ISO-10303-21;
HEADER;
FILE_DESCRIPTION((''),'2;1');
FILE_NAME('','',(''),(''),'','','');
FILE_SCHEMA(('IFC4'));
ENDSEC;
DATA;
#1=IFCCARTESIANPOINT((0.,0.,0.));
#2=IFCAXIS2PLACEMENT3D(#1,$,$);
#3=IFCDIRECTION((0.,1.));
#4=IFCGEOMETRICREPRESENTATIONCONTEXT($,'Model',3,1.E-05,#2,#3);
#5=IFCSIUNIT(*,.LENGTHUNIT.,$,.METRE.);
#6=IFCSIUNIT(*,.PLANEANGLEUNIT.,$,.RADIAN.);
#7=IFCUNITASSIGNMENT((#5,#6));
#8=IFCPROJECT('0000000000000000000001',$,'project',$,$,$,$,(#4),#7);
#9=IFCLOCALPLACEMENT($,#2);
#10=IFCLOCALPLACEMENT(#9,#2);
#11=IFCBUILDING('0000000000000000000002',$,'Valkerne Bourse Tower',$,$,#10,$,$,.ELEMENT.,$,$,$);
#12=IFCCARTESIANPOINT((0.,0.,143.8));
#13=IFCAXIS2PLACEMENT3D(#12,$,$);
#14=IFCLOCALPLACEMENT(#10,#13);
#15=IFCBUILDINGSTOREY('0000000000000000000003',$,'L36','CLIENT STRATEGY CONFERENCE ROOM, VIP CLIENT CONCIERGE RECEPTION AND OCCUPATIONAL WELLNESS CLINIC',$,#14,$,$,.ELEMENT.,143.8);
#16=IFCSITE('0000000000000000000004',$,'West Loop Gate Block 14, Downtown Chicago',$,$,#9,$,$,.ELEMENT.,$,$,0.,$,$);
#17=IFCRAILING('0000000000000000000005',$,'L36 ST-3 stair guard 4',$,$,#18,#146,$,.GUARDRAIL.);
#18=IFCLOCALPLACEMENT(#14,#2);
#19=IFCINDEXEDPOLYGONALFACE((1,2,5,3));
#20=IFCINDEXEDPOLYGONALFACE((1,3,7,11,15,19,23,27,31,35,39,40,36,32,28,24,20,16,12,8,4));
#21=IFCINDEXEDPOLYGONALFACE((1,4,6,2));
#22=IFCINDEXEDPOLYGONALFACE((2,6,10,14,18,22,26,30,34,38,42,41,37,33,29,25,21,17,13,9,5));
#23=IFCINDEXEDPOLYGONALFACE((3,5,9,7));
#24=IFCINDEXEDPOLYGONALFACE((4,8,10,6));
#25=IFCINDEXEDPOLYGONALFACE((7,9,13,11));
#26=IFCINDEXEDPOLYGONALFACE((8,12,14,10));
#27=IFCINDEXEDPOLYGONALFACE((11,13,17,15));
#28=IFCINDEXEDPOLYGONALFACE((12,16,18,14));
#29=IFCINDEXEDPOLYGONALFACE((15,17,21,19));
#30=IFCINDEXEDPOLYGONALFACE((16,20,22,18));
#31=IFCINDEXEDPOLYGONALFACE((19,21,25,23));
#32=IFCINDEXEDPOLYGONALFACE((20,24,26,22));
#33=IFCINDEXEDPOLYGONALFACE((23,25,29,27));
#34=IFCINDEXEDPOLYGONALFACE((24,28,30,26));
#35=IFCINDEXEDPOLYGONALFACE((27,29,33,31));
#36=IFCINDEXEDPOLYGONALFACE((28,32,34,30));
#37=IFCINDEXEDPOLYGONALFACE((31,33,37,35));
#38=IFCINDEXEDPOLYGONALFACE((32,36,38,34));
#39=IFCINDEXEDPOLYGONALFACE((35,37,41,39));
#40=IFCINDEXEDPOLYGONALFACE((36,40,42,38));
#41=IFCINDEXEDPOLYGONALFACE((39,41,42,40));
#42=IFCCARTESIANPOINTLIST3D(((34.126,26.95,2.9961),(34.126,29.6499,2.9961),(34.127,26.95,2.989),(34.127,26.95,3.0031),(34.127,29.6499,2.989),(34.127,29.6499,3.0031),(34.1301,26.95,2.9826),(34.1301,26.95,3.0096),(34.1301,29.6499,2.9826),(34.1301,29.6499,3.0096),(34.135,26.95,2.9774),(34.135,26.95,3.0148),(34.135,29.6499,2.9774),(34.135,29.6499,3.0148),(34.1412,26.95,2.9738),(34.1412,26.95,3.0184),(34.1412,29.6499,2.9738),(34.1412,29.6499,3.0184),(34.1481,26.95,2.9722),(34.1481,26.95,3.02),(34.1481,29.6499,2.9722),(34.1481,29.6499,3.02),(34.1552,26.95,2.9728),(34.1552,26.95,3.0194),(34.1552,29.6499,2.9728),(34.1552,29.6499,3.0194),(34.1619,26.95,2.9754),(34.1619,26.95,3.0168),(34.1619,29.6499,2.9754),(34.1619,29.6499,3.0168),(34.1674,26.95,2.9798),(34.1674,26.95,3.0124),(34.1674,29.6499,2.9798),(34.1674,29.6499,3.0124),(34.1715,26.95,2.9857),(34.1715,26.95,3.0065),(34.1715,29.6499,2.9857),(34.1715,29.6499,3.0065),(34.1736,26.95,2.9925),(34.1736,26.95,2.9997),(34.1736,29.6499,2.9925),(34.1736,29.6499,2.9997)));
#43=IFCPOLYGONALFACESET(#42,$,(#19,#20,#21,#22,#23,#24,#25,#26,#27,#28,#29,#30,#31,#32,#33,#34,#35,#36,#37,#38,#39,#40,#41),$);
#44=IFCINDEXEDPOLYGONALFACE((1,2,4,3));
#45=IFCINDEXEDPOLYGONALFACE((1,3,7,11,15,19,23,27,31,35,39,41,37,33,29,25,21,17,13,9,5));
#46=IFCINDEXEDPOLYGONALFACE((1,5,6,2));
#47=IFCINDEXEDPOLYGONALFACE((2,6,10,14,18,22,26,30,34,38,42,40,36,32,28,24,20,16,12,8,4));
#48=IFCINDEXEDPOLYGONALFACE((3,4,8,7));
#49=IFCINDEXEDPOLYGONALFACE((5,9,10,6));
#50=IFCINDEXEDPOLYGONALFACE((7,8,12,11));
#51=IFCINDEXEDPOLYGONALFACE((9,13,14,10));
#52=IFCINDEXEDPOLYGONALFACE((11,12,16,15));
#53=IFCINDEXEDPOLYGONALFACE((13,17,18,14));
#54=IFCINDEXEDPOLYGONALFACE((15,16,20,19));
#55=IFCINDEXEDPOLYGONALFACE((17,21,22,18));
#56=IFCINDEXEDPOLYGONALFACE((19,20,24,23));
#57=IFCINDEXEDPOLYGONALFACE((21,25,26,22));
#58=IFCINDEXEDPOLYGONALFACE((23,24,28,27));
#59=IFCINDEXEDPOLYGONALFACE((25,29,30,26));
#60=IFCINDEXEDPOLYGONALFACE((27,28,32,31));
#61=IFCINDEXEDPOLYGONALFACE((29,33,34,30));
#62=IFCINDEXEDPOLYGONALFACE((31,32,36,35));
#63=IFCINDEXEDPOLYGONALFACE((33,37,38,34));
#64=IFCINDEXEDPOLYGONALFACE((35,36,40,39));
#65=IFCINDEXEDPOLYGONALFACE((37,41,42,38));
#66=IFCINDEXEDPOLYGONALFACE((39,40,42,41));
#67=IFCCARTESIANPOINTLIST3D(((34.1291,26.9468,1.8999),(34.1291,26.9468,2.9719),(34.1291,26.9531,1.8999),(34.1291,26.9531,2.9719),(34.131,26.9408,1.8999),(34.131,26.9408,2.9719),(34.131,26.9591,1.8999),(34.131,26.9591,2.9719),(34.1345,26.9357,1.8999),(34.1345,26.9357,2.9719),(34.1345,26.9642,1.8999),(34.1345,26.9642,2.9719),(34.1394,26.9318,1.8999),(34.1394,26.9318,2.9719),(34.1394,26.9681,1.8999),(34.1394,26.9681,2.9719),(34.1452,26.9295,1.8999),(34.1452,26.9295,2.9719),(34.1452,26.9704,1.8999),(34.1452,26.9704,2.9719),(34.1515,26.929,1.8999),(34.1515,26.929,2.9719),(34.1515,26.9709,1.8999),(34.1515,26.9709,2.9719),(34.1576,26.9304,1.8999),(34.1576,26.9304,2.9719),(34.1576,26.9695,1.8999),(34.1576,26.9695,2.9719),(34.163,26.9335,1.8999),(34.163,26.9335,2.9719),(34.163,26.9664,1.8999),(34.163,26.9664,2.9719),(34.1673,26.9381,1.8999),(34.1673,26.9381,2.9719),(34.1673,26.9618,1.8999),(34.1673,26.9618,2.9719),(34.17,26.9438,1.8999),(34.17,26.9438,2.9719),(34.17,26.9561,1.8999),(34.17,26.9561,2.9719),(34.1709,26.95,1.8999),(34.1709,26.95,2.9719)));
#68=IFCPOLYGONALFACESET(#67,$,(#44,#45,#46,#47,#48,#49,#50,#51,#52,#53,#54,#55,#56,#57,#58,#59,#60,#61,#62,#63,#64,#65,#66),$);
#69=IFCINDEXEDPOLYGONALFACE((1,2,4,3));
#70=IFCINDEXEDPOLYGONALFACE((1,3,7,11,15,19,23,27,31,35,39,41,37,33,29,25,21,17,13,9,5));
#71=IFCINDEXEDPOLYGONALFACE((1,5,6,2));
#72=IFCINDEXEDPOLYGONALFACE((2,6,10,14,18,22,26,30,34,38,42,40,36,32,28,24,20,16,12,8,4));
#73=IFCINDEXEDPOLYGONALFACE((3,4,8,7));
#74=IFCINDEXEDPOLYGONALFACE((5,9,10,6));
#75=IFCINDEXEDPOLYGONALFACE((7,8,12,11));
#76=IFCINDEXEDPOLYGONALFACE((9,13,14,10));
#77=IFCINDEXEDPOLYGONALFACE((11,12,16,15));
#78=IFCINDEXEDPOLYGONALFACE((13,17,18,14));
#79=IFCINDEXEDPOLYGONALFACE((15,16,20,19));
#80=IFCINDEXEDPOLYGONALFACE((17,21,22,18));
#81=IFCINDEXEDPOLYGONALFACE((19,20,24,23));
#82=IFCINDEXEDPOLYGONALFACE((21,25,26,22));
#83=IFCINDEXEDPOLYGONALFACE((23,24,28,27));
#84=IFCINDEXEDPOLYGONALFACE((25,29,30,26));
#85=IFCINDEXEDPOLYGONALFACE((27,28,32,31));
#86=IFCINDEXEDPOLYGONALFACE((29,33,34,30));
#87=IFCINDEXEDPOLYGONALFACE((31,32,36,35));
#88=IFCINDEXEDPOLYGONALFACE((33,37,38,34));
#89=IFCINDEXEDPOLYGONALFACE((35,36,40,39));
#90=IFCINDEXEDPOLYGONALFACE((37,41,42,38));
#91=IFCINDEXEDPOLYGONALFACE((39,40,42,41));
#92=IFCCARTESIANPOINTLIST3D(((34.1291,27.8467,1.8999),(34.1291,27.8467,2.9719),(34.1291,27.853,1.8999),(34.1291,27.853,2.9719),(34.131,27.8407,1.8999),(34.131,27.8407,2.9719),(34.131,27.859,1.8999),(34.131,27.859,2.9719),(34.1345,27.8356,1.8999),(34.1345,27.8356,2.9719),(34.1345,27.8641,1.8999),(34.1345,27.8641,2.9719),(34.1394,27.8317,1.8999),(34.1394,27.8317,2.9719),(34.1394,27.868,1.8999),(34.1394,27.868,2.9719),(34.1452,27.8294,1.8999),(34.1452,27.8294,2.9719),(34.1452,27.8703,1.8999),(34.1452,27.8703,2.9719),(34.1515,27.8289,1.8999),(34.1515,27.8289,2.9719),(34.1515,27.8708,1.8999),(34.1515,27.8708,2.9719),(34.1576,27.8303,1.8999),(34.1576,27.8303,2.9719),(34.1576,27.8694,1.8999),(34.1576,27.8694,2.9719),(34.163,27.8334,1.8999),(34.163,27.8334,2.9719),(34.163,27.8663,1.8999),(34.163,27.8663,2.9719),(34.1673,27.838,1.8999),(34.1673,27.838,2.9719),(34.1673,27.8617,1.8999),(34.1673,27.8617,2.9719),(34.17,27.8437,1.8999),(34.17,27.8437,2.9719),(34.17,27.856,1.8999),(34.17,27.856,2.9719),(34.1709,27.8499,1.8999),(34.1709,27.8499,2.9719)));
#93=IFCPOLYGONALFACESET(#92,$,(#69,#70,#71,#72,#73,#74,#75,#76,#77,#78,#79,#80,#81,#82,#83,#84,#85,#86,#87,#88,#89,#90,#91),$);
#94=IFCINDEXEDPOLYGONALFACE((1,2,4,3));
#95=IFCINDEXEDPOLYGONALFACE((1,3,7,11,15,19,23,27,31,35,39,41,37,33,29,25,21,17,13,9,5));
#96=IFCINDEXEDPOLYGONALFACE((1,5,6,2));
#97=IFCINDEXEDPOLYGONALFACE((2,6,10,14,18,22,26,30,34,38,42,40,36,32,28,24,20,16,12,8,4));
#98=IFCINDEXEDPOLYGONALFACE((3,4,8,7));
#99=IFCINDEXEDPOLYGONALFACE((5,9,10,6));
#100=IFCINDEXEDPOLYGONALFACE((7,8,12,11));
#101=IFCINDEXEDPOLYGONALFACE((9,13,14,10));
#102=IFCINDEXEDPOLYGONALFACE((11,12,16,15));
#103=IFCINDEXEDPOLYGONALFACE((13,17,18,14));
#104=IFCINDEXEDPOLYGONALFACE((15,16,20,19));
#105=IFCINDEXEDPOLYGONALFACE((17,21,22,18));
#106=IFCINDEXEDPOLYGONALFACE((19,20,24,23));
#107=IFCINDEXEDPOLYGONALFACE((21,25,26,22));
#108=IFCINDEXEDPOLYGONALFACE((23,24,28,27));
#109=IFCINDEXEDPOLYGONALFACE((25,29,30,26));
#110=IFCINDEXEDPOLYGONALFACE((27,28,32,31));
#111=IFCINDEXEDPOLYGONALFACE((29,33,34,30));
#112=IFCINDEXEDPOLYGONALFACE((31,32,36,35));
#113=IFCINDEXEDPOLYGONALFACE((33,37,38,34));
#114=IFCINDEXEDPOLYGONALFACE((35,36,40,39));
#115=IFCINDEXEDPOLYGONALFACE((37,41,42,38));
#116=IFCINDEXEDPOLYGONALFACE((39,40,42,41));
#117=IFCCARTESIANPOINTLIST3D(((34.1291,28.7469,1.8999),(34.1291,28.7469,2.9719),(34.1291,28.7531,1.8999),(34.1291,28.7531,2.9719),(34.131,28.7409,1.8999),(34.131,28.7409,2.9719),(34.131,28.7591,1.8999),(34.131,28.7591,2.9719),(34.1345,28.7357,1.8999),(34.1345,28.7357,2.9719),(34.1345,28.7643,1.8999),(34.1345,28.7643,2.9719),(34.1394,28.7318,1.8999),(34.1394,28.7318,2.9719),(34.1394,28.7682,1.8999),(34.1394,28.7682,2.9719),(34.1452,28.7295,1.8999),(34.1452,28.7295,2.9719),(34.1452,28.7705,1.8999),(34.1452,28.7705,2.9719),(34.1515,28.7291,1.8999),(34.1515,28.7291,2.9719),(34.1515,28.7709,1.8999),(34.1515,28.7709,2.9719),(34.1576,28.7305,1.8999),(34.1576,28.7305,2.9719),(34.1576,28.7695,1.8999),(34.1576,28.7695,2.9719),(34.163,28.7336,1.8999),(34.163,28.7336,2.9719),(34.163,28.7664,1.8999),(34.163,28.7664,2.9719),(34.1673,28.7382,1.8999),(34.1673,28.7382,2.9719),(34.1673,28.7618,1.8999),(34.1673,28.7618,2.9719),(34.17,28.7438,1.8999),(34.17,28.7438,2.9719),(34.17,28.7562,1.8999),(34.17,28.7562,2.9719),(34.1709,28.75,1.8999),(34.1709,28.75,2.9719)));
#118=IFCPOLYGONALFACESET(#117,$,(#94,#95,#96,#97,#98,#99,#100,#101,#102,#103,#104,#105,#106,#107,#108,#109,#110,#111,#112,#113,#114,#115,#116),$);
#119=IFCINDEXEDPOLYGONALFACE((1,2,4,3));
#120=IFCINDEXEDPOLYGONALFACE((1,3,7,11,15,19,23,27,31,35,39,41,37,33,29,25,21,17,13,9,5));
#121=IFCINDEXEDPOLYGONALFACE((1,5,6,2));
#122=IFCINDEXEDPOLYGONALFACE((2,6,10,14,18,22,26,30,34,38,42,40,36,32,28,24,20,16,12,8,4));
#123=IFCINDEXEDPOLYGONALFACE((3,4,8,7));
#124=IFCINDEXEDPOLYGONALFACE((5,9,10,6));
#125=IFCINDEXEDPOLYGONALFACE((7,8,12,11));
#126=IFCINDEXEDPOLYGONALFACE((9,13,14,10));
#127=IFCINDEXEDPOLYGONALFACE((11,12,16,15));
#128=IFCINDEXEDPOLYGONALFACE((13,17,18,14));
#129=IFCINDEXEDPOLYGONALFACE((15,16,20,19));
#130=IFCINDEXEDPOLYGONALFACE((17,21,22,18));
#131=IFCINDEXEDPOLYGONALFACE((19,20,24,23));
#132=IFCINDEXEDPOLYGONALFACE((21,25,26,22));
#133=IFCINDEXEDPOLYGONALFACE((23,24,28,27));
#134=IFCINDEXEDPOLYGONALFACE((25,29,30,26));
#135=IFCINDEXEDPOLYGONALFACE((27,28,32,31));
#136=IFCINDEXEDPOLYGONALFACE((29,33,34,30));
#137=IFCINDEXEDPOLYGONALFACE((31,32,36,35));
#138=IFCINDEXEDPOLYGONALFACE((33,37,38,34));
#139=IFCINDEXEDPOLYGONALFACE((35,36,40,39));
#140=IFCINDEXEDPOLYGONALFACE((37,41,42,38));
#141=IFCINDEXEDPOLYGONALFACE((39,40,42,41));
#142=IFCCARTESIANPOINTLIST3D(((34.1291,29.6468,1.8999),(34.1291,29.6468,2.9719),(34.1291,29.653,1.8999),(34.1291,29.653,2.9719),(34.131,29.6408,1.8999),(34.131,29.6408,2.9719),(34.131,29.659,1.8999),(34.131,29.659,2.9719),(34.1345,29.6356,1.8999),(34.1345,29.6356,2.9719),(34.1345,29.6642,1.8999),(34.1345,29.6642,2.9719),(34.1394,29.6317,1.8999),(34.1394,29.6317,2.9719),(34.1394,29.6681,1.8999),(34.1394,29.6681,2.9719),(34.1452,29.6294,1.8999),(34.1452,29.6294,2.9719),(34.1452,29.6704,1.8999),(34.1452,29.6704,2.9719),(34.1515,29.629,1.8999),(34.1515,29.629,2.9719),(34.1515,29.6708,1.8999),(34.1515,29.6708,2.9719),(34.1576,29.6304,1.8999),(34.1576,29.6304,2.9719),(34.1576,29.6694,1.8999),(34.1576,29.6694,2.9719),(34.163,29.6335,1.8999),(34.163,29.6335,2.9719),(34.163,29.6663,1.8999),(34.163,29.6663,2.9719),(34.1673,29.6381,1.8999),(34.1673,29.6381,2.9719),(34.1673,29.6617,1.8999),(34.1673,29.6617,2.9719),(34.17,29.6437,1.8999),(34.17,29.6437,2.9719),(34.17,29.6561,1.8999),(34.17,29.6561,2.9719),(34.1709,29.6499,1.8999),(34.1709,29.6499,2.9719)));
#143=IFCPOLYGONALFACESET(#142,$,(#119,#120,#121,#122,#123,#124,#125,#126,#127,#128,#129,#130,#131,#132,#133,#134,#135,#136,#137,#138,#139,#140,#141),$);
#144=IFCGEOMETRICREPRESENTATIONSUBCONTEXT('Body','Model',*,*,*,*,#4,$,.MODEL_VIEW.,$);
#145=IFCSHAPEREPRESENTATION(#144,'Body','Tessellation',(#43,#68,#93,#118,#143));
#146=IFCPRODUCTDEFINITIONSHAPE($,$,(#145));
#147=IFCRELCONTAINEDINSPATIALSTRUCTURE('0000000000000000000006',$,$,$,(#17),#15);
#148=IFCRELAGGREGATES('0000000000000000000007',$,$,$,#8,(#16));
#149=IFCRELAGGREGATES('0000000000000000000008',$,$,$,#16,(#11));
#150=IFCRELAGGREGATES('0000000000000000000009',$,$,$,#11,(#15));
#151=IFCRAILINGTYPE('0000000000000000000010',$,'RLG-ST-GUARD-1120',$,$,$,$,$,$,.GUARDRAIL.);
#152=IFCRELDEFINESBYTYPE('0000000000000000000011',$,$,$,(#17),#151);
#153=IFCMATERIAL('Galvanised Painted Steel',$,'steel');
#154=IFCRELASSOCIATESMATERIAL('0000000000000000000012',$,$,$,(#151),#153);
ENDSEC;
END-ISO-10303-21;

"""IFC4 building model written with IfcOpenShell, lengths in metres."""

from ifc_helpers import new_model, si_unit, direction, frame, origin, origin_2d, place, context, subcontext, project, spatial, circle, extrude, material, type_object, element, save


model = new_model("IFC4")

# Units and contexts
model_context = context("Model", 3, precision=1e-05, world=origin(), true_north=direction((0.0, 1.0)))
body_context = subcontext(model_context, "Body", "Model", "MODEL_VIEW")
ifc_project = project(units=[si_unit("LENGTHUNIT", "METRE"), si_unit("PLANEANGLEUNIT", "RADIAN")], contexts=[model_context])

# Site, building, storey
site_placement = place(None, origin())
site = spatial("IfcSite", under=ifc_project, at=site_placement, Name="West Loop Gate Block 14, Downtown Chicago", CompositionType="ELEMENT", RefElevation=0.0)
building_placement = place(site_placement, origin())
building = spatial("IfcBuilding", under=site, at=building_placement, Name="Valkerne Bourse Tower", CompositionType="ELEMENT")
storey_placement = place(building_placement, frame((0.0, 0.0, 143.8)))
storey = spatial("IfcBuildingStorey", under=building, at=storey_placement, Name="L36", Description="CLIENT STRATEGY CONFERENCE ROOM, VIP CLIENT CONCIERGE RECEPTION AND OCCUPATIONAL WELLNESS CLINIC", CompositionType="ELEMENT", Elevation=143.8)

# Railing
ifc_material_1 = material(Name="Galvanised Painted Steel", Category="steel")
railing_type_1 = type_object("IfcRailingType", Name="RLG-ST-GUARD-1120", PredefinedType="GUARDRAIL", material=ifc_material_1)
for number, where, name in (
    (1, (34.1499, 26.95, 1.8999), "L36 ST-3 stair guard 4"),
):
    element("IfcRailing", number, at=place(storey_placement, frame(where)), inside=storey, type_object=railing_type_1, Name=name, PredefinedType="GUARDRAIL", context=body_context, shape_type="SweptSolid", body=[
        extrude(circle(Radius=0.0239, at=origin_2d()), frame((0.0, 0.0, 1.0962), z_axis=(0.0, 1.0, 0.0), x_axis=(-1.0, 0.0, 0.0)), (0.0, 0.0, 1.0), 2.7),
        extrude(circle(Radius=0.021, at=origin_2d()), origin(), (0.0, 0.0, 1.0), 1.072),
        extrude(circle(Radius=0.021, at=origin_2d()), frame((0.0, 0.8999, 0.0)), (0.0, 0.0, 1.0), 1.072),
        extrude(circle(Radius=0.021, at=origin_2d()), frame((0.0, 1.8, 0.0)), (0.0, 0.0, 1.0), 1.072),
        extrude(circle(Radius=0.021, at=origin_2d()), frame((0.0, 2.7, 0.0)), (0.0, 0.0, 1.0), 1.072),
    ])

save(model, "model.ifc")
